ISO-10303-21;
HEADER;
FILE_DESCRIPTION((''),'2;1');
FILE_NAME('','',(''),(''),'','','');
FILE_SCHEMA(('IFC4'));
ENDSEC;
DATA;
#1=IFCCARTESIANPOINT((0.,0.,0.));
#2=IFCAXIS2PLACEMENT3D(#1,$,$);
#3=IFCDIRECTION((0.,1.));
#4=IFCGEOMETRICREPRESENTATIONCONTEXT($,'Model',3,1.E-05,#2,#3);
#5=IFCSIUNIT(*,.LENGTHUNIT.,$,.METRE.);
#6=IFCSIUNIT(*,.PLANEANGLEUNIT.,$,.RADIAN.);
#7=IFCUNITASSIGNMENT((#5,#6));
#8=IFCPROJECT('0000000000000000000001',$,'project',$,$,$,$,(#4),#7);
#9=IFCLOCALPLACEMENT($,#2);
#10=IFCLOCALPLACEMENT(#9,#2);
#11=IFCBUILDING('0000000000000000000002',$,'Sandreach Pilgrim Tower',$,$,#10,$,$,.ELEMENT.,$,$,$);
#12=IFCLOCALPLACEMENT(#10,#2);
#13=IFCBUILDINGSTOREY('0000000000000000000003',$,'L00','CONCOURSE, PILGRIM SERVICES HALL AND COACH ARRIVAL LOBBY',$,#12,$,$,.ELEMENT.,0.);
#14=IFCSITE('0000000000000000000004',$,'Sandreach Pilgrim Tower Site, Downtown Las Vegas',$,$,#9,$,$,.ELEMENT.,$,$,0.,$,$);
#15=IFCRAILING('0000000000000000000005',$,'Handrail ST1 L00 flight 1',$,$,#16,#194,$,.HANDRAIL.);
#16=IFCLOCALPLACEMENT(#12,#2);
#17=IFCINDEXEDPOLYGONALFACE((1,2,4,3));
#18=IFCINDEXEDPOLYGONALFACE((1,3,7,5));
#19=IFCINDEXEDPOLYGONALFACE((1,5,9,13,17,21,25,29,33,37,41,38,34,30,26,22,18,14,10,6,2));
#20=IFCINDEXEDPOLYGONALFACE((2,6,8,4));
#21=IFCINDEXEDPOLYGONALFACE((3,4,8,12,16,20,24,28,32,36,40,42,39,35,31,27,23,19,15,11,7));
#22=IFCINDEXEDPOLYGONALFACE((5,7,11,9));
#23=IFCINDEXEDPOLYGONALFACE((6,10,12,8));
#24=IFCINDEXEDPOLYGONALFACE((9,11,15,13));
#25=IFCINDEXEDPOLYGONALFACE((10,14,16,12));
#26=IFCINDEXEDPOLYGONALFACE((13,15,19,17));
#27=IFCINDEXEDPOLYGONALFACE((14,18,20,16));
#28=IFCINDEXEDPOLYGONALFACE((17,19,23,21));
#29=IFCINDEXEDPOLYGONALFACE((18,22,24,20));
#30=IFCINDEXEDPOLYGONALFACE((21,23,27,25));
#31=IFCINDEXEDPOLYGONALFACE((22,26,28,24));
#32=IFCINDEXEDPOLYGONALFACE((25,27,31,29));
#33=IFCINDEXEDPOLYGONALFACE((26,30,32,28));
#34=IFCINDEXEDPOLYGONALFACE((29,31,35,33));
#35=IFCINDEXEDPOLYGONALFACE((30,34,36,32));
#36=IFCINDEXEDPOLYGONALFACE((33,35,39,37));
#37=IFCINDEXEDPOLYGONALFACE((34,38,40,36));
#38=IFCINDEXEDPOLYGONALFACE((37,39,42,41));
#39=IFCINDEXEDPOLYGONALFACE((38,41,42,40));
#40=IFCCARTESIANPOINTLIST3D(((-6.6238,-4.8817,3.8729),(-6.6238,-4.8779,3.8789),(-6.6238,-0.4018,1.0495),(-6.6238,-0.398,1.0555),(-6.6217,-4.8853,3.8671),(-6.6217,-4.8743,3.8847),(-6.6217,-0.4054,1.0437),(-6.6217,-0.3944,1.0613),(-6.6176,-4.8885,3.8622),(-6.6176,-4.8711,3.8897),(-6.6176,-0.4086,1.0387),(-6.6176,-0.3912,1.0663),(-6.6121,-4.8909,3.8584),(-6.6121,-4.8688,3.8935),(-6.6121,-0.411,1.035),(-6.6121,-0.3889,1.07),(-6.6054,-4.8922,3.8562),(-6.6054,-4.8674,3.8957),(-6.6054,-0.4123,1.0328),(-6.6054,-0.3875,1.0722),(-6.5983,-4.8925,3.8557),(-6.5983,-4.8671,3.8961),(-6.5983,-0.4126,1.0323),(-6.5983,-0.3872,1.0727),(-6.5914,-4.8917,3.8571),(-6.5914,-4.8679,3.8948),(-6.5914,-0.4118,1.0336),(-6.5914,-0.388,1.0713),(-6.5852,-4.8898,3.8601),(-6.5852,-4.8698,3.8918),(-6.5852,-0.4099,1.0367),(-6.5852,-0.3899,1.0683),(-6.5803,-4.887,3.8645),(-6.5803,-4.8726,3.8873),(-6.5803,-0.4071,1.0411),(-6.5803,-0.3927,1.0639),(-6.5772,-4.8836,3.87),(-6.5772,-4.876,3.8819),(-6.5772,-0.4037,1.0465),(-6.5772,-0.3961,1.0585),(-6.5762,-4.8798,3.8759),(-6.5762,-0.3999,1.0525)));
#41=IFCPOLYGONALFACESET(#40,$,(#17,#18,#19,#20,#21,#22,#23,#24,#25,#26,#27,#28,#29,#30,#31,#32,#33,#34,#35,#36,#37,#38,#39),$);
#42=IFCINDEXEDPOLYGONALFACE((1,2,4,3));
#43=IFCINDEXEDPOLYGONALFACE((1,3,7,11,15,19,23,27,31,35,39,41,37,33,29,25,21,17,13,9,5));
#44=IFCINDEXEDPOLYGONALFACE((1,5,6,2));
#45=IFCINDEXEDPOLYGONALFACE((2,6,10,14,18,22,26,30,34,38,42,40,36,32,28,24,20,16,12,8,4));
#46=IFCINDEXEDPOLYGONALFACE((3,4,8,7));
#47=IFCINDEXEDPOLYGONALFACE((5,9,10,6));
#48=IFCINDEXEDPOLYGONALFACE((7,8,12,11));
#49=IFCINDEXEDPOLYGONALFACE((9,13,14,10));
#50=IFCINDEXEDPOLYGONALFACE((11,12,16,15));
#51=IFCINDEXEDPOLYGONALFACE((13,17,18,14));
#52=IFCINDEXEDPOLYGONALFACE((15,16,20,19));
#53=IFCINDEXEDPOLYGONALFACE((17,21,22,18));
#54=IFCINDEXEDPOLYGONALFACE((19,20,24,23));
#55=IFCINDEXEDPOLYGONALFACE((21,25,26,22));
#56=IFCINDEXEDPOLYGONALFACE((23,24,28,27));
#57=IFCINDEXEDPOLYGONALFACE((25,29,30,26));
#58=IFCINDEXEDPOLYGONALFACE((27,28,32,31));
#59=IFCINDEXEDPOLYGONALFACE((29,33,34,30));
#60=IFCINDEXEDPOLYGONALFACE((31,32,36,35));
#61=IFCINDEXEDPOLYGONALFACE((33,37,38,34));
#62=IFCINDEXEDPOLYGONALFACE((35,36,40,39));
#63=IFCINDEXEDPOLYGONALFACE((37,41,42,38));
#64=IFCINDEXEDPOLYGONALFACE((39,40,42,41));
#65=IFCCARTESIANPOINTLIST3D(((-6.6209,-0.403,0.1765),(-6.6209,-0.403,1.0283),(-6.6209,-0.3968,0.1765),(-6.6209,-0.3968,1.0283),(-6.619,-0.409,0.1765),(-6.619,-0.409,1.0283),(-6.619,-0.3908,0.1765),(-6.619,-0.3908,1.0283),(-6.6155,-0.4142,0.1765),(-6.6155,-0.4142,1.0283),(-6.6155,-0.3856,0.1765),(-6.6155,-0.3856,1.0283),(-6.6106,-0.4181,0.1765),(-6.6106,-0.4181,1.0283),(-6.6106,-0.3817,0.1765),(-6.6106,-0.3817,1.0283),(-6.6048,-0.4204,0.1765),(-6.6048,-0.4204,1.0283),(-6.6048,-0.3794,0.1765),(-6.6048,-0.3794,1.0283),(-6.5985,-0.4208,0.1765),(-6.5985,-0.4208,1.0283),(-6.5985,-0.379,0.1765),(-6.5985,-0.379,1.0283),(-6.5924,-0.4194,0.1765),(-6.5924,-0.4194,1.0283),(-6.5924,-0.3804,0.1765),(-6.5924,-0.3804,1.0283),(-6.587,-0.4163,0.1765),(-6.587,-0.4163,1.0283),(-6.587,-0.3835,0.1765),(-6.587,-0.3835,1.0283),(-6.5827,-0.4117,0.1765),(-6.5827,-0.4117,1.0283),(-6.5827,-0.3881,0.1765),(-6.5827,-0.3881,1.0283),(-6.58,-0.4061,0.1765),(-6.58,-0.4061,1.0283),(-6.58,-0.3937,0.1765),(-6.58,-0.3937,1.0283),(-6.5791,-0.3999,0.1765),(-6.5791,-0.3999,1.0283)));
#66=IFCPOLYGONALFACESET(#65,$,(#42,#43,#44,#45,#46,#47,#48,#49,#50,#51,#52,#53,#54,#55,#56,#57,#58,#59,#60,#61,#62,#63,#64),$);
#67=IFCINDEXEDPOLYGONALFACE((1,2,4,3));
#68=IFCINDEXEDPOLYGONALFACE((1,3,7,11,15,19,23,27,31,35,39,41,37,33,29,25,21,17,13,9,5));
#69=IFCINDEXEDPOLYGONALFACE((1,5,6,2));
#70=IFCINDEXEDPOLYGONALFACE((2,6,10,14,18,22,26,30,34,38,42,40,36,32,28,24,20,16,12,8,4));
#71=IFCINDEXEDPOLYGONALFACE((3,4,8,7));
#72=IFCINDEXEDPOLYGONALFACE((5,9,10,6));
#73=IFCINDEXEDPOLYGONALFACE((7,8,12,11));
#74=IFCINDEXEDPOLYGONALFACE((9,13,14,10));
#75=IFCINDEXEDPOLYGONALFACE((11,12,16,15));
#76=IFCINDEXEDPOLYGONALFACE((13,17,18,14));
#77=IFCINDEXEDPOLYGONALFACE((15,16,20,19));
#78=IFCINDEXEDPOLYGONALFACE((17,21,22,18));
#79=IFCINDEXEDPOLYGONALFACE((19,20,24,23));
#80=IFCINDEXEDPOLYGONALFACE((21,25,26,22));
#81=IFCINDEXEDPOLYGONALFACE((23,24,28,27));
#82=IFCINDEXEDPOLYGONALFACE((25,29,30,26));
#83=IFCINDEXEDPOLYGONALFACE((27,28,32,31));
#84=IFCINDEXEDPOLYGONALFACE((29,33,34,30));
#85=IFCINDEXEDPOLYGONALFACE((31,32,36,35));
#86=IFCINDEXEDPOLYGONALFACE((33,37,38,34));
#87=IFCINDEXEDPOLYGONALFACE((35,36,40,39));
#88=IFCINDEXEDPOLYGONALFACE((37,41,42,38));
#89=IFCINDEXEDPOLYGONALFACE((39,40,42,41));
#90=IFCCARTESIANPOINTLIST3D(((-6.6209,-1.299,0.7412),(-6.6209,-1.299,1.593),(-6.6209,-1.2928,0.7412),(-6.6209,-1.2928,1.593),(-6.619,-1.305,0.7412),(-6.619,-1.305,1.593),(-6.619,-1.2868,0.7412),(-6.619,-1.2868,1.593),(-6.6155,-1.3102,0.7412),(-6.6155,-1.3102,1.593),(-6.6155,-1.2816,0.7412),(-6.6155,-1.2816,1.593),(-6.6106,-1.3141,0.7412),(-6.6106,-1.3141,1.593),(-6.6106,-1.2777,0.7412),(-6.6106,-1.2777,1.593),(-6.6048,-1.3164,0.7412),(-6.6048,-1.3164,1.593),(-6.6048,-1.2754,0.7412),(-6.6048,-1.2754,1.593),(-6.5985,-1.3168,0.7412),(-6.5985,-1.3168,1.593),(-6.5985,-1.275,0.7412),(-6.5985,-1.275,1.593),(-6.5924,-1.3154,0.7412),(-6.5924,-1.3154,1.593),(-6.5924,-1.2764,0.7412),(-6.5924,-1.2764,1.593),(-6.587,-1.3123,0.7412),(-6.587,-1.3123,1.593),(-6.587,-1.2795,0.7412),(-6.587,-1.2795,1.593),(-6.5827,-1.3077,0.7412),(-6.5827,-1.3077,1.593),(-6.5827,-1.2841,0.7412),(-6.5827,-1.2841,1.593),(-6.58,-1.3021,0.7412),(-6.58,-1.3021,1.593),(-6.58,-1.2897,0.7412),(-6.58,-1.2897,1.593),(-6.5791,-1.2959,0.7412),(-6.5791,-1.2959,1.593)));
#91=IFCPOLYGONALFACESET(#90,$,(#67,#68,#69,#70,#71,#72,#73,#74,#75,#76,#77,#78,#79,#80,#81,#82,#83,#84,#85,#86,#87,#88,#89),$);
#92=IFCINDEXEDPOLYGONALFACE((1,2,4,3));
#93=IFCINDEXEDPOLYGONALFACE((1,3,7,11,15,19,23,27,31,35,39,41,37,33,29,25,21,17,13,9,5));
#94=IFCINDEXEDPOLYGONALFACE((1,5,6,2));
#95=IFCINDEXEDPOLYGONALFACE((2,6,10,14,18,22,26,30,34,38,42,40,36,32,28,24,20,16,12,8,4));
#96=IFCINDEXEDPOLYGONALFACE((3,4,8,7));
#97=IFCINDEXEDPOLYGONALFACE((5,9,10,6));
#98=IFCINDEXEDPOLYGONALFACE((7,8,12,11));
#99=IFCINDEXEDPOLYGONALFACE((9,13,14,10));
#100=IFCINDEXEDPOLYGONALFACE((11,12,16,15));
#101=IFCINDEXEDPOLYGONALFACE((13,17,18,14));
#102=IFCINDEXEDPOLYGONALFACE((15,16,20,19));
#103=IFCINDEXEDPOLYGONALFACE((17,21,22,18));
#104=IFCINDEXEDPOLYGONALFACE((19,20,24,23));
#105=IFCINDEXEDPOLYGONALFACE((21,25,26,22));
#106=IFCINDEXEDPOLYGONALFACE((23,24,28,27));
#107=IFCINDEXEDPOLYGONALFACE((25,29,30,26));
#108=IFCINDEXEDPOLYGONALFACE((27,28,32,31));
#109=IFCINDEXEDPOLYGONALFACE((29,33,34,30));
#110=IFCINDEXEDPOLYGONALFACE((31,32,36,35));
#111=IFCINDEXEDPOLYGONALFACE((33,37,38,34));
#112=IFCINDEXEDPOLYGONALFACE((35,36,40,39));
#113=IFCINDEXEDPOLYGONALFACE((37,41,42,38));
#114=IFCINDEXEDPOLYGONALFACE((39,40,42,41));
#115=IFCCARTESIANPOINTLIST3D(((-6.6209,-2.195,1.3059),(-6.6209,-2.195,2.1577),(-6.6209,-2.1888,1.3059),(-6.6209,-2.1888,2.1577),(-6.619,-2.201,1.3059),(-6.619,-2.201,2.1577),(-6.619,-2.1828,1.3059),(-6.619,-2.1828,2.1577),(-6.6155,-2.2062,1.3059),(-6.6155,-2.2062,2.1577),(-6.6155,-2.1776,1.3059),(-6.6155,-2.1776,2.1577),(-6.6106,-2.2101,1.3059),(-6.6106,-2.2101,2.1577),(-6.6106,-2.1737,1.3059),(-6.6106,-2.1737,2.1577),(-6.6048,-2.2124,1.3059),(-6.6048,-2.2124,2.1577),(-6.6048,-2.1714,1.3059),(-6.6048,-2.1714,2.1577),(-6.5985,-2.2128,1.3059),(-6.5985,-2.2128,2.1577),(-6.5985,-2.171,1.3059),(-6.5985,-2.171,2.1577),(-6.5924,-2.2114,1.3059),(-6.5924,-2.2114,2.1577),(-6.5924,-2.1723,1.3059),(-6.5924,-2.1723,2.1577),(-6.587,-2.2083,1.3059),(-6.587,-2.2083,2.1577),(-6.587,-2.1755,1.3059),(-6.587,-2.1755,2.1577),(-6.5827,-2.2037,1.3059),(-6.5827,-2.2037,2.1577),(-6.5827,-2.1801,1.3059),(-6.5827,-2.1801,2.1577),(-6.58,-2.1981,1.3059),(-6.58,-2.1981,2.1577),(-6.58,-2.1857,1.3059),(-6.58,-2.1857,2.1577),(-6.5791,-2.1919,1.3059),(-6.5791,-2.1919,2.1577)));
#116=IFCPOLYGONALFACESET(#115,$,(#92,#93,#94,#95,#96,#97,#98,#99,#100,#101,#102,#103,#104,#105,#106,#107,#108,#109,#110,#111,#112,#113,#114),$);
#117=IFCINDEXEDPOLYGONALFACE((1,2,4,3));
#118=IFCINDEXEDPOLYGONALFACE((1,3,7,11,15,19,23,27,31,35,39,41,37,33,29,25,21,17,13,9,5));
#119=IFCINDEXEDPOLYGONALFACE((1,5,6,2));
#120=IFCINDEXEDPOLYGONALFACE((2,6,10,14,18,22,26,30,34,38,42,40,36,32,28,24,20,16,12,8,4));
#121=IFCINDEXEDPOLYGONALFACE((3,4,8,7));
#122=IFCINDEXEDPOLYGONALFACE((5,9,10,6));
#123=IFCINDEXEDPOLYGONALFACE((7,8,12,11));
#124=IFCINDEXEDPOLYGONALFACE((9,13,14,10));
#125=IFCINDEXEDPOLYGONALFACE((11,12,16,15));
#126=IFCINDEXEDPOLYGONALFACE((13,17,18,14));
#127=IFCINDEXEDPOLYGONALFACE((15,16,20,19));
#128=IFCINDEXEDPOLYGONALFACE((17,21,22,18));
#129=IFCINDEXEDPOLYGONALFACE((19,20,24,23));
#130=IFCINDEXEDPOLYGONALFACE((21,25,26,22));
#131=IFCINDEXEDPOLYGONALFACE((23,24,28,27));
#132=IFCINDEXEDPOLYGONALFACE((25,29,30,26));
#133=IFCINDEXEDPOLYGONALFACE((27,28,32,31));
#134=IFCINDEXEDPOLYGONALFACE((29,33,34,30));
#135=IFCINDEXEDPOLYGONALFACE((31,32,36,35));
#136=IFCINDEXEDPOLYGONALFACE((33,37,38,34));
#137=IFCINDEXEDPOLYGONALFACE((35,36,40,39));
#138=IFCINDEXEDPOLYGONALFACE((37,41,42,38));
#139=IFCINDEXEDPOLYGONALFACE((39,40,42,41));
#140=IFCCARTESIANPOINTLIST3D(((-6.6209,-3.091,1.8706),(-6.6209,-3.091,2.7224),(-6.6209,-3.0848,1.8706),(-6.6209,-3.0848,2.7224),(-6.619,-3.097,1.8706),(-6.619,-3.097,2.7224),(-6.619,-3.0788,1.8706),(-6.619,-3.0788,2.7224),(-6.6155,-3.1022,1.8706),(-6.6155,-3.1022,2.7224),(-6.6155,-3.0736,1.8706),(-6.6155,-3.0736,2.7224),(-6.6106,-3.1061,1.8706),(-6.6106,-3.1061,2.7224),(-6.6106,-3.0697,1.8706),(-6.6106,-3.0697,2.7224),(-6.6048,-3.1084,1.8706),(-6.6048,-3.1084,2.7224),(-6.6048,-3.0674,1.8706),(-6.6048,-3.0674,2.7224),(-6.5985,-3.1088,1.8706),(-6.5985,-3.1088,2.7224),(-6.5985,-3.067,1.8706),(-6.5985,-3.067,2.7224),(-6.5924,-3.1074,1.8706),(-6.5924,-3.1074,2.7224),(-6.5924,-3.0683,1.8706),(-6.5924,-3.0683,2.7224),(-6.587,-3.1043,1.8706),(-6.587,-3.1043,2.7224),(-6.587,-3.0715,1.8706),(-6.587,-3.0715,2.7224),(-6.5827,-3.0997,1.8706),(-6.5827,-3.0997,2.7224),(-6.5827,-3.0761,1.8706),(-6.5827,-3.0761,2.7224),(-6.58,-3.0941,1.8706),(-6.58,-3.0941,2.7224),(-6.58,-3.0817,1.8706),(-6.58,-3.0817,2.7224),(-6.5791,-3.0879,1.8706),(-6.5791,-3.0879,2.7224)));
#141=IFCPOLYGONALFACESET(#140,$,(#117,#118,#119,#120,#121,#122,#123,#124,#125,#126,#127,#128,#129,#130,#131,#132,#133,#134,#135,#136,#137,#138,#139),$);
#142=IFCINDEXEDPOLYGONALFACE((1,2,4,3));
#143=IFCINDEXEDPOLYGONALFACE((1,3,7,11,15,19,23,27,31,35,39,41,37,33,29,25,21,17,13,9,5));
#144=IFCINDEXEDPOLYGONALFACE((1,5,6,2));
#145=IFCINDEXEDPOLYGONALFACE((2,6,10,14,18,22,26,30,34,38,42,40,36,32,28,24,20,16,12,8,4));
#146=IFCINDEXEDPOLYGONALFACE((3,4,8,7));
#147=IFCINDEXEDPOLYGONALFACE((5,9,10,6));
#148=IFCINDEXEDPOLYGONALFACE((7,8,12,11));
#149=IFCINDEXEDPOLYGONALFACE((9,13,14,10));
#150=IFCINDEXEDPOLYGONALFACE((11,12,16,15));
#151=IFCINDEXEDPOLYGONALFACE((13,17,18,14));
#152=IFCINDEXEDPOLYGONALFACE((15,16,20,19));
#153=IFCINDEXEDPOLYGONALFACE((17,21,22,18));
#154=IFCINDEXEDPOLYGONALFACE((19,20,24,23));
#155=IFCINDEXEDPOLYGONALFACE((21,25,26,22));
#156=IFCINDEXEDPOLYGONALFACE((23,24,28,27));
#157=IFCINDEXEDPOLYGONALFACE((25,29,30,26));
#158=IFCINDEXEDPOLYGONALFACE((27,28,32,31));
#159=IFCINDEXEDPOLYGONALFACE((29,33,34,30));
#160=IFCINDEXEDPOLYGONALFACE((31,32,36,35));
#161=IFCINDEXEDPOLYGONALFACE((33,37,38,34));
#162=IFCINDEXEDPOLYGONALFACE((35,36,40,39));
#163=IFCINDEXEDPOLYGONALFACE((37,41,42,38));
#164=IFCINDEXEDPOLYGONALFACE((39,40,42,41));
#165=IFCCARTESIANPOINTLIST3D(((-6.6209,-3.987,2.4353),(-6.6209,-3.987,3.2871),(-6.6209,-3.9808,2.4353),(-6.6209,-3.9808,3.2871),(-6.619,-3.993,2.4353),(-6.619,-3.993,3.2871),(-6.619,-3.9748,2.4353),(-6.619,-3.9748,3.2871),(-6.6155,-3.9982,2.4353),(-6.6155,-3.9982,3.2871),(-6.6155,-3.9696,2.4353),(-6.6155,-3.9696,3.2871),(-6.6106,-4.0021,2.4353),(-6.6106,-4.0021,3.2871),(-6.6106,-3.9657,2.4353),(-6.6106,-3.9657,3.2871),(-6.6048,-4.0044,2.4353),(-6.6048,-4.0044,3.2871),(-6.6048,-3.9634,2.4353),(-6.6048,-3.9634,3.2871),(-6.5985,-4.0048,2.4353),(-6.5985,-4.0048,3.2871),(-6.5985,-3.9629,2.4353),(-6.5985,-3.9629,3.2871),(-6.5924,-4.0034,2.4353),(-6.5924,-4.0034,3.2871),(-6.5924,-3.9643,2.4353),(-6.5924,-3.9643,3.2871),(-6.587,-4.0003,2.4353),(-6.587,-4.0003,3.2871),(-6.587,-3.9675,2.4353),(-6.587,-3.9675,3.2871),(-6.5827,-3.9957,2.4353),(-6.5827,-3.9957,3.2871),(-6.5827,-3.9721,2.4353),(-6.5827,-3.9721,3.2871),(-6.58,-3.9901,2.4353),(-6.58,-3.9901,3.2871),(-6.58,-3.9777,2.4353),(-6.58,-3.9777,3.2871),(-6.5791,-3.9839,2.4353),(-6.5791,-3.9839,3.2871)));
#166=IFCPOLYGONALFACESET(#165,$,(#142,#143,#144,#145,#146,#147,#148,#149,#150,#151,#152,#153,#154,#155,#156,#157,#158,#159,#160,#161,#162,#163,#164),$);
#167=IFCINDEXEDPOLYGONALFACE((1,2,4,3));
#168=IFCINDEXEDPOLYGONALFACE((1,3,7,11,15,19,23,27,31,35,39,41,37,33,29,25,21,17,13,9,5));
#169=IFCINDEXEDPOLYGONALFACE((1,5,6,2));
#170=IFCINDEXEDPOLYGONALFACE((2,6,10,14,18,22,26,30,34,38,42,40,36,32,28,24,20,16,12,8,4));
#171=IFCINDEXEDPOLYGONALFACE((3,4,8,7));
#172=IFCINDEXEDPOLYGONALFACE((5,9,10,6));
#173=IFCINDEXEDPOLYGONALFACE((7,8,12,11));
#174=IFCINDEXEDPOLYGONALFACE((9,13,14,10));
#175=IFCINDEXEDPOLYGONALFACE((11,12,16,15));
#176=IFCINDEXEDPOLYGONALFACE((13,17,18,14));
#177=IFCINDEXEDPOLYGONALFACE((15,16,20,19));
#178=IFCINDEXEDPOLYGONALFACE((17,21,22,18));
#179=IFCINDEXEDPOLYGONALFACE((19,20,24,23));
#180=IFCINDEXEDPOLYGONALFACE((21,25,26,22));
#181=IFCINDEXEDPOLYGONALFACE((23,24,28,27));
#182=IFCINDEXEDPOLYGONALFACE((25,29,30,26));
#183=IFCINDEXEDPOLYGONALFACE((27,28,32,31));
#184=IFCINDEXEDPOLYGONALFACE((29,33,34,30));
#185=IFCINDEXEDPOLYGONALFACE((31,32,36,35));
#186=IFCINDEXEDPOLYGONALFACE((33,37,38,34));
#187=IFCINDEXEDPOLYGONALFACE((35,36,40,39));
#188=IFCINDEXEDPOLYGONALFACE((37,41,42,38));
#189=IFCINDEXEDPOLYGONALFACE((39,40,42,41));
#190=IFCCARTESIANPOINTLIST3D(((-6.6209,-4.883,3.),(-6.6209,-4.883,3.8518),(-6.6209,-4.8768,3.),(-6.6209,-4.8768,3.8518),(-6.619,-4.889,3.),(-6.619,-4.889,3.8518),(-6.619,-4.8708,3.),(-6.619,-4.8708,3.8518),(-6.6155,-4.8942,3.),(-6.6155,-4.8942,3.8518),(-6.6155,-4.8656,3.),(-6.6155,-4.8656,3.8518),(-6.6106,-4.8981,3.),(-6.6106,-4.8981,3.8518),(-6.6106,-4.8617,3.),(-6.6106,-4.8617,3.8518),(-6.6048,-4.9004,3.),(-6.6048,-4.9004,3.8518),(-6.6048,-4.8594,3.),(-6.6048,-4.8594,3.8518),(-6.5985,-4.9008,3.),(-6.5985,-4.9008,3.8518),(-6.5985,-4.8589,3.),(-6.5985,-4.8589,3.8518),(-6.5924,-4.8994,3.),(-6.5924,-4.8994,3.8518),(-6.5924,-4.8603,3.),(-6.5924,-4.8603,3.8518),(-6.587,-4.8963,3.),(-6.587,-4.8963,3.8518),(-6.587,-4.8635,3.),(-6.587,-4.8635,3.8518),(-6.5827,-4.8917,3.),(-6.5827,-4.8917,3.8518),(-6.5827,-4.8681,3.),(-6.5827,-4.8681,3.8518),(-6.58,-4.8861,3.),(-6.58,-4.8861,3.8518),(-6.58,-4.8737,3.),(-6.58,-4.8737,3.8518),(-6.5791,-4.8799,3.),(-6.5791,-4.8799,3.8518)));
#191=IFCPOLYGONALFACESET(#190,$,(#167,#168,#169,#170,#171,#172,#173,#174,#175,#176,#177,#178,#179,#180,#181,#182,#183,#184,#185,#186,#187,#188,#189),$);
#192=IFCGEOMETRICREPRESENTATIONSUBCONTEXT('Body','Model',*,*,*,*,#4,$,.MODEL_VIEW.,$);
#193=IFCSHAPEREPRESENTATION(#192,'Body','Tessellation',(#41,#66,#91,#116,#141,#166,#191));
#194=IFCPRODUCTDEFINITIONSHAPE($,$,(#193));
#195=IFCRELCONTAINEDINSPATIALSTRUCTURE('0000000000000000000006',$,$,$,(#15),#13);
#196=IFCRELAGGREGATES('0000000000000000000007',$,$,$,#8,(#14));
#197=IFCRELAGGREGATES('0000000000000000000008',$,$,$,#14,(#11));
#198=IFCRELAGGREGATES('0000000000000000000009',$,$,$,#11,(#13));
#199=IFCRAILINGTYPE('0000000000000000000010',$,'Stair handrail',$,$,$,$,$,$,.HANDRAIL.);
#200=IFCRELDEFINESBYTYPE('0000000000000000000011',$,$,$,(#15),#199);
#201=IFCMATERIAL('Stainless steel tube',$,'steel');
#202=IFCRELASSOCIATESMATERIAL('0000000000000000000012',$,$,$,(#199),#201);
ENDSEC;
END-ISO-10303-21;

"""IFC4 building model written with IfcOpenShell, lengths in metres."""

from ifc_helpers import new_model, si_unit, direction, frame, origin, origin_2d, place, context, subcontext, project, spatial, circle, extrude, material, type_object, element, save


model = new_model("IFC4")

# Units and contexts
model_context = context("Model", 3, precision=1e-05, world=origin(), true_north=direction((0.0, 1.0)))
body_context = subcontext(model_context, "Body", "Model", "MODEL_VIEW")
ifc_project = project(units=[si_unit("LENGTHUNIT", "METRE"), si_unit("PLANEANGLEUNIT", "RADIAN")], contexts=[model_context])

# Site, building, storey
site_placement = place(None, origin())
site = spatial("IfcSite", under=ifc_project, at=site_placement, Name="Sandreach Pilgrim Tower Site, Downtown Las Vegas", CompositionType="ELEMENT", RefElevation=0.0)
building_placement = place(site_placement, origin())
building = spatial("IfcBuilding", under=site, at=building_placement, Name="Sandreach Pilgrim Tower", CompositionType="ELEMENT")
storey_placement = place(building_placement, origin())
storey = spatial("IfcBuildingStorey", under=building, at=storey_placement, Name="L00", Description="CONCOURSE, PILGRIM SERVICES HALL AND COACH ARRIVAL LOBBY", CompositionType="ELEMENT", Elevation=0.0)

# Railing
ifc_material_1 = material(Name="Stainless steel tube", Category="steel")
railing_type = type_object("IfcRailingType", Name="Stair handrail", PredefinedType="HANDRAIL", material=ifc_material_1)
for number, where, name in (
    (1, (-6.6001, -0.3999, 0.1765), "Handrail ST1 L00 flight 1"),
):
    element("IfcRailing", number, at=place(storey_placement, frame(where)), inside=storey, type_object=railing_type, Name=name, PredefinedType="HANDRAIL", context=body_context, shape_type="SweptSolid", body=[
        extrude(circle(Radius=0.0239, at=origin_2d()), frame((0.0, 0.0, 0.876), z_axis=(0.0, -0.845998, 0.533186), x_axis=(1.0, 0.0, 0.0)), (0.0, 0.0, 1.0), 5.2954),
        extrude(circle(Radius=0.021, at=origin_2d()), origin(), (0.0, 0.0, 1.0), 0.8518),
        extrude(circle(Radius=0.021, at=origin_2d()), frame((0.0, -0.896, 0.5647)), (0.0, 0.0, 1.0), 0.8518),
        extrude(circle(Radius=0.021, at=origin_2d()), frame((0.0, -1.792, 1.1294)), (0.0, 0.0, 1.0), 0.8518),
        extrude(circle(Radius=0.021, at=origin_2d()), frame((0.0, -2.688, 1.6941)), (0.0, 0.0, 1.0), 0.8518),
        extrude(circle(Radius=0.021, at=origin_2d()), frame((0.0, -3.584, 2.2588)), (0.0, 0.0, 1.0), 0.8518),
        extrude(circle(Radius=0.021, at=origin_2d()), frame((0.0, -4.48, 2.8235)), (0.0, 0.0, 1.0), 0.8518),
    ])

save(model, "model.ifc")
